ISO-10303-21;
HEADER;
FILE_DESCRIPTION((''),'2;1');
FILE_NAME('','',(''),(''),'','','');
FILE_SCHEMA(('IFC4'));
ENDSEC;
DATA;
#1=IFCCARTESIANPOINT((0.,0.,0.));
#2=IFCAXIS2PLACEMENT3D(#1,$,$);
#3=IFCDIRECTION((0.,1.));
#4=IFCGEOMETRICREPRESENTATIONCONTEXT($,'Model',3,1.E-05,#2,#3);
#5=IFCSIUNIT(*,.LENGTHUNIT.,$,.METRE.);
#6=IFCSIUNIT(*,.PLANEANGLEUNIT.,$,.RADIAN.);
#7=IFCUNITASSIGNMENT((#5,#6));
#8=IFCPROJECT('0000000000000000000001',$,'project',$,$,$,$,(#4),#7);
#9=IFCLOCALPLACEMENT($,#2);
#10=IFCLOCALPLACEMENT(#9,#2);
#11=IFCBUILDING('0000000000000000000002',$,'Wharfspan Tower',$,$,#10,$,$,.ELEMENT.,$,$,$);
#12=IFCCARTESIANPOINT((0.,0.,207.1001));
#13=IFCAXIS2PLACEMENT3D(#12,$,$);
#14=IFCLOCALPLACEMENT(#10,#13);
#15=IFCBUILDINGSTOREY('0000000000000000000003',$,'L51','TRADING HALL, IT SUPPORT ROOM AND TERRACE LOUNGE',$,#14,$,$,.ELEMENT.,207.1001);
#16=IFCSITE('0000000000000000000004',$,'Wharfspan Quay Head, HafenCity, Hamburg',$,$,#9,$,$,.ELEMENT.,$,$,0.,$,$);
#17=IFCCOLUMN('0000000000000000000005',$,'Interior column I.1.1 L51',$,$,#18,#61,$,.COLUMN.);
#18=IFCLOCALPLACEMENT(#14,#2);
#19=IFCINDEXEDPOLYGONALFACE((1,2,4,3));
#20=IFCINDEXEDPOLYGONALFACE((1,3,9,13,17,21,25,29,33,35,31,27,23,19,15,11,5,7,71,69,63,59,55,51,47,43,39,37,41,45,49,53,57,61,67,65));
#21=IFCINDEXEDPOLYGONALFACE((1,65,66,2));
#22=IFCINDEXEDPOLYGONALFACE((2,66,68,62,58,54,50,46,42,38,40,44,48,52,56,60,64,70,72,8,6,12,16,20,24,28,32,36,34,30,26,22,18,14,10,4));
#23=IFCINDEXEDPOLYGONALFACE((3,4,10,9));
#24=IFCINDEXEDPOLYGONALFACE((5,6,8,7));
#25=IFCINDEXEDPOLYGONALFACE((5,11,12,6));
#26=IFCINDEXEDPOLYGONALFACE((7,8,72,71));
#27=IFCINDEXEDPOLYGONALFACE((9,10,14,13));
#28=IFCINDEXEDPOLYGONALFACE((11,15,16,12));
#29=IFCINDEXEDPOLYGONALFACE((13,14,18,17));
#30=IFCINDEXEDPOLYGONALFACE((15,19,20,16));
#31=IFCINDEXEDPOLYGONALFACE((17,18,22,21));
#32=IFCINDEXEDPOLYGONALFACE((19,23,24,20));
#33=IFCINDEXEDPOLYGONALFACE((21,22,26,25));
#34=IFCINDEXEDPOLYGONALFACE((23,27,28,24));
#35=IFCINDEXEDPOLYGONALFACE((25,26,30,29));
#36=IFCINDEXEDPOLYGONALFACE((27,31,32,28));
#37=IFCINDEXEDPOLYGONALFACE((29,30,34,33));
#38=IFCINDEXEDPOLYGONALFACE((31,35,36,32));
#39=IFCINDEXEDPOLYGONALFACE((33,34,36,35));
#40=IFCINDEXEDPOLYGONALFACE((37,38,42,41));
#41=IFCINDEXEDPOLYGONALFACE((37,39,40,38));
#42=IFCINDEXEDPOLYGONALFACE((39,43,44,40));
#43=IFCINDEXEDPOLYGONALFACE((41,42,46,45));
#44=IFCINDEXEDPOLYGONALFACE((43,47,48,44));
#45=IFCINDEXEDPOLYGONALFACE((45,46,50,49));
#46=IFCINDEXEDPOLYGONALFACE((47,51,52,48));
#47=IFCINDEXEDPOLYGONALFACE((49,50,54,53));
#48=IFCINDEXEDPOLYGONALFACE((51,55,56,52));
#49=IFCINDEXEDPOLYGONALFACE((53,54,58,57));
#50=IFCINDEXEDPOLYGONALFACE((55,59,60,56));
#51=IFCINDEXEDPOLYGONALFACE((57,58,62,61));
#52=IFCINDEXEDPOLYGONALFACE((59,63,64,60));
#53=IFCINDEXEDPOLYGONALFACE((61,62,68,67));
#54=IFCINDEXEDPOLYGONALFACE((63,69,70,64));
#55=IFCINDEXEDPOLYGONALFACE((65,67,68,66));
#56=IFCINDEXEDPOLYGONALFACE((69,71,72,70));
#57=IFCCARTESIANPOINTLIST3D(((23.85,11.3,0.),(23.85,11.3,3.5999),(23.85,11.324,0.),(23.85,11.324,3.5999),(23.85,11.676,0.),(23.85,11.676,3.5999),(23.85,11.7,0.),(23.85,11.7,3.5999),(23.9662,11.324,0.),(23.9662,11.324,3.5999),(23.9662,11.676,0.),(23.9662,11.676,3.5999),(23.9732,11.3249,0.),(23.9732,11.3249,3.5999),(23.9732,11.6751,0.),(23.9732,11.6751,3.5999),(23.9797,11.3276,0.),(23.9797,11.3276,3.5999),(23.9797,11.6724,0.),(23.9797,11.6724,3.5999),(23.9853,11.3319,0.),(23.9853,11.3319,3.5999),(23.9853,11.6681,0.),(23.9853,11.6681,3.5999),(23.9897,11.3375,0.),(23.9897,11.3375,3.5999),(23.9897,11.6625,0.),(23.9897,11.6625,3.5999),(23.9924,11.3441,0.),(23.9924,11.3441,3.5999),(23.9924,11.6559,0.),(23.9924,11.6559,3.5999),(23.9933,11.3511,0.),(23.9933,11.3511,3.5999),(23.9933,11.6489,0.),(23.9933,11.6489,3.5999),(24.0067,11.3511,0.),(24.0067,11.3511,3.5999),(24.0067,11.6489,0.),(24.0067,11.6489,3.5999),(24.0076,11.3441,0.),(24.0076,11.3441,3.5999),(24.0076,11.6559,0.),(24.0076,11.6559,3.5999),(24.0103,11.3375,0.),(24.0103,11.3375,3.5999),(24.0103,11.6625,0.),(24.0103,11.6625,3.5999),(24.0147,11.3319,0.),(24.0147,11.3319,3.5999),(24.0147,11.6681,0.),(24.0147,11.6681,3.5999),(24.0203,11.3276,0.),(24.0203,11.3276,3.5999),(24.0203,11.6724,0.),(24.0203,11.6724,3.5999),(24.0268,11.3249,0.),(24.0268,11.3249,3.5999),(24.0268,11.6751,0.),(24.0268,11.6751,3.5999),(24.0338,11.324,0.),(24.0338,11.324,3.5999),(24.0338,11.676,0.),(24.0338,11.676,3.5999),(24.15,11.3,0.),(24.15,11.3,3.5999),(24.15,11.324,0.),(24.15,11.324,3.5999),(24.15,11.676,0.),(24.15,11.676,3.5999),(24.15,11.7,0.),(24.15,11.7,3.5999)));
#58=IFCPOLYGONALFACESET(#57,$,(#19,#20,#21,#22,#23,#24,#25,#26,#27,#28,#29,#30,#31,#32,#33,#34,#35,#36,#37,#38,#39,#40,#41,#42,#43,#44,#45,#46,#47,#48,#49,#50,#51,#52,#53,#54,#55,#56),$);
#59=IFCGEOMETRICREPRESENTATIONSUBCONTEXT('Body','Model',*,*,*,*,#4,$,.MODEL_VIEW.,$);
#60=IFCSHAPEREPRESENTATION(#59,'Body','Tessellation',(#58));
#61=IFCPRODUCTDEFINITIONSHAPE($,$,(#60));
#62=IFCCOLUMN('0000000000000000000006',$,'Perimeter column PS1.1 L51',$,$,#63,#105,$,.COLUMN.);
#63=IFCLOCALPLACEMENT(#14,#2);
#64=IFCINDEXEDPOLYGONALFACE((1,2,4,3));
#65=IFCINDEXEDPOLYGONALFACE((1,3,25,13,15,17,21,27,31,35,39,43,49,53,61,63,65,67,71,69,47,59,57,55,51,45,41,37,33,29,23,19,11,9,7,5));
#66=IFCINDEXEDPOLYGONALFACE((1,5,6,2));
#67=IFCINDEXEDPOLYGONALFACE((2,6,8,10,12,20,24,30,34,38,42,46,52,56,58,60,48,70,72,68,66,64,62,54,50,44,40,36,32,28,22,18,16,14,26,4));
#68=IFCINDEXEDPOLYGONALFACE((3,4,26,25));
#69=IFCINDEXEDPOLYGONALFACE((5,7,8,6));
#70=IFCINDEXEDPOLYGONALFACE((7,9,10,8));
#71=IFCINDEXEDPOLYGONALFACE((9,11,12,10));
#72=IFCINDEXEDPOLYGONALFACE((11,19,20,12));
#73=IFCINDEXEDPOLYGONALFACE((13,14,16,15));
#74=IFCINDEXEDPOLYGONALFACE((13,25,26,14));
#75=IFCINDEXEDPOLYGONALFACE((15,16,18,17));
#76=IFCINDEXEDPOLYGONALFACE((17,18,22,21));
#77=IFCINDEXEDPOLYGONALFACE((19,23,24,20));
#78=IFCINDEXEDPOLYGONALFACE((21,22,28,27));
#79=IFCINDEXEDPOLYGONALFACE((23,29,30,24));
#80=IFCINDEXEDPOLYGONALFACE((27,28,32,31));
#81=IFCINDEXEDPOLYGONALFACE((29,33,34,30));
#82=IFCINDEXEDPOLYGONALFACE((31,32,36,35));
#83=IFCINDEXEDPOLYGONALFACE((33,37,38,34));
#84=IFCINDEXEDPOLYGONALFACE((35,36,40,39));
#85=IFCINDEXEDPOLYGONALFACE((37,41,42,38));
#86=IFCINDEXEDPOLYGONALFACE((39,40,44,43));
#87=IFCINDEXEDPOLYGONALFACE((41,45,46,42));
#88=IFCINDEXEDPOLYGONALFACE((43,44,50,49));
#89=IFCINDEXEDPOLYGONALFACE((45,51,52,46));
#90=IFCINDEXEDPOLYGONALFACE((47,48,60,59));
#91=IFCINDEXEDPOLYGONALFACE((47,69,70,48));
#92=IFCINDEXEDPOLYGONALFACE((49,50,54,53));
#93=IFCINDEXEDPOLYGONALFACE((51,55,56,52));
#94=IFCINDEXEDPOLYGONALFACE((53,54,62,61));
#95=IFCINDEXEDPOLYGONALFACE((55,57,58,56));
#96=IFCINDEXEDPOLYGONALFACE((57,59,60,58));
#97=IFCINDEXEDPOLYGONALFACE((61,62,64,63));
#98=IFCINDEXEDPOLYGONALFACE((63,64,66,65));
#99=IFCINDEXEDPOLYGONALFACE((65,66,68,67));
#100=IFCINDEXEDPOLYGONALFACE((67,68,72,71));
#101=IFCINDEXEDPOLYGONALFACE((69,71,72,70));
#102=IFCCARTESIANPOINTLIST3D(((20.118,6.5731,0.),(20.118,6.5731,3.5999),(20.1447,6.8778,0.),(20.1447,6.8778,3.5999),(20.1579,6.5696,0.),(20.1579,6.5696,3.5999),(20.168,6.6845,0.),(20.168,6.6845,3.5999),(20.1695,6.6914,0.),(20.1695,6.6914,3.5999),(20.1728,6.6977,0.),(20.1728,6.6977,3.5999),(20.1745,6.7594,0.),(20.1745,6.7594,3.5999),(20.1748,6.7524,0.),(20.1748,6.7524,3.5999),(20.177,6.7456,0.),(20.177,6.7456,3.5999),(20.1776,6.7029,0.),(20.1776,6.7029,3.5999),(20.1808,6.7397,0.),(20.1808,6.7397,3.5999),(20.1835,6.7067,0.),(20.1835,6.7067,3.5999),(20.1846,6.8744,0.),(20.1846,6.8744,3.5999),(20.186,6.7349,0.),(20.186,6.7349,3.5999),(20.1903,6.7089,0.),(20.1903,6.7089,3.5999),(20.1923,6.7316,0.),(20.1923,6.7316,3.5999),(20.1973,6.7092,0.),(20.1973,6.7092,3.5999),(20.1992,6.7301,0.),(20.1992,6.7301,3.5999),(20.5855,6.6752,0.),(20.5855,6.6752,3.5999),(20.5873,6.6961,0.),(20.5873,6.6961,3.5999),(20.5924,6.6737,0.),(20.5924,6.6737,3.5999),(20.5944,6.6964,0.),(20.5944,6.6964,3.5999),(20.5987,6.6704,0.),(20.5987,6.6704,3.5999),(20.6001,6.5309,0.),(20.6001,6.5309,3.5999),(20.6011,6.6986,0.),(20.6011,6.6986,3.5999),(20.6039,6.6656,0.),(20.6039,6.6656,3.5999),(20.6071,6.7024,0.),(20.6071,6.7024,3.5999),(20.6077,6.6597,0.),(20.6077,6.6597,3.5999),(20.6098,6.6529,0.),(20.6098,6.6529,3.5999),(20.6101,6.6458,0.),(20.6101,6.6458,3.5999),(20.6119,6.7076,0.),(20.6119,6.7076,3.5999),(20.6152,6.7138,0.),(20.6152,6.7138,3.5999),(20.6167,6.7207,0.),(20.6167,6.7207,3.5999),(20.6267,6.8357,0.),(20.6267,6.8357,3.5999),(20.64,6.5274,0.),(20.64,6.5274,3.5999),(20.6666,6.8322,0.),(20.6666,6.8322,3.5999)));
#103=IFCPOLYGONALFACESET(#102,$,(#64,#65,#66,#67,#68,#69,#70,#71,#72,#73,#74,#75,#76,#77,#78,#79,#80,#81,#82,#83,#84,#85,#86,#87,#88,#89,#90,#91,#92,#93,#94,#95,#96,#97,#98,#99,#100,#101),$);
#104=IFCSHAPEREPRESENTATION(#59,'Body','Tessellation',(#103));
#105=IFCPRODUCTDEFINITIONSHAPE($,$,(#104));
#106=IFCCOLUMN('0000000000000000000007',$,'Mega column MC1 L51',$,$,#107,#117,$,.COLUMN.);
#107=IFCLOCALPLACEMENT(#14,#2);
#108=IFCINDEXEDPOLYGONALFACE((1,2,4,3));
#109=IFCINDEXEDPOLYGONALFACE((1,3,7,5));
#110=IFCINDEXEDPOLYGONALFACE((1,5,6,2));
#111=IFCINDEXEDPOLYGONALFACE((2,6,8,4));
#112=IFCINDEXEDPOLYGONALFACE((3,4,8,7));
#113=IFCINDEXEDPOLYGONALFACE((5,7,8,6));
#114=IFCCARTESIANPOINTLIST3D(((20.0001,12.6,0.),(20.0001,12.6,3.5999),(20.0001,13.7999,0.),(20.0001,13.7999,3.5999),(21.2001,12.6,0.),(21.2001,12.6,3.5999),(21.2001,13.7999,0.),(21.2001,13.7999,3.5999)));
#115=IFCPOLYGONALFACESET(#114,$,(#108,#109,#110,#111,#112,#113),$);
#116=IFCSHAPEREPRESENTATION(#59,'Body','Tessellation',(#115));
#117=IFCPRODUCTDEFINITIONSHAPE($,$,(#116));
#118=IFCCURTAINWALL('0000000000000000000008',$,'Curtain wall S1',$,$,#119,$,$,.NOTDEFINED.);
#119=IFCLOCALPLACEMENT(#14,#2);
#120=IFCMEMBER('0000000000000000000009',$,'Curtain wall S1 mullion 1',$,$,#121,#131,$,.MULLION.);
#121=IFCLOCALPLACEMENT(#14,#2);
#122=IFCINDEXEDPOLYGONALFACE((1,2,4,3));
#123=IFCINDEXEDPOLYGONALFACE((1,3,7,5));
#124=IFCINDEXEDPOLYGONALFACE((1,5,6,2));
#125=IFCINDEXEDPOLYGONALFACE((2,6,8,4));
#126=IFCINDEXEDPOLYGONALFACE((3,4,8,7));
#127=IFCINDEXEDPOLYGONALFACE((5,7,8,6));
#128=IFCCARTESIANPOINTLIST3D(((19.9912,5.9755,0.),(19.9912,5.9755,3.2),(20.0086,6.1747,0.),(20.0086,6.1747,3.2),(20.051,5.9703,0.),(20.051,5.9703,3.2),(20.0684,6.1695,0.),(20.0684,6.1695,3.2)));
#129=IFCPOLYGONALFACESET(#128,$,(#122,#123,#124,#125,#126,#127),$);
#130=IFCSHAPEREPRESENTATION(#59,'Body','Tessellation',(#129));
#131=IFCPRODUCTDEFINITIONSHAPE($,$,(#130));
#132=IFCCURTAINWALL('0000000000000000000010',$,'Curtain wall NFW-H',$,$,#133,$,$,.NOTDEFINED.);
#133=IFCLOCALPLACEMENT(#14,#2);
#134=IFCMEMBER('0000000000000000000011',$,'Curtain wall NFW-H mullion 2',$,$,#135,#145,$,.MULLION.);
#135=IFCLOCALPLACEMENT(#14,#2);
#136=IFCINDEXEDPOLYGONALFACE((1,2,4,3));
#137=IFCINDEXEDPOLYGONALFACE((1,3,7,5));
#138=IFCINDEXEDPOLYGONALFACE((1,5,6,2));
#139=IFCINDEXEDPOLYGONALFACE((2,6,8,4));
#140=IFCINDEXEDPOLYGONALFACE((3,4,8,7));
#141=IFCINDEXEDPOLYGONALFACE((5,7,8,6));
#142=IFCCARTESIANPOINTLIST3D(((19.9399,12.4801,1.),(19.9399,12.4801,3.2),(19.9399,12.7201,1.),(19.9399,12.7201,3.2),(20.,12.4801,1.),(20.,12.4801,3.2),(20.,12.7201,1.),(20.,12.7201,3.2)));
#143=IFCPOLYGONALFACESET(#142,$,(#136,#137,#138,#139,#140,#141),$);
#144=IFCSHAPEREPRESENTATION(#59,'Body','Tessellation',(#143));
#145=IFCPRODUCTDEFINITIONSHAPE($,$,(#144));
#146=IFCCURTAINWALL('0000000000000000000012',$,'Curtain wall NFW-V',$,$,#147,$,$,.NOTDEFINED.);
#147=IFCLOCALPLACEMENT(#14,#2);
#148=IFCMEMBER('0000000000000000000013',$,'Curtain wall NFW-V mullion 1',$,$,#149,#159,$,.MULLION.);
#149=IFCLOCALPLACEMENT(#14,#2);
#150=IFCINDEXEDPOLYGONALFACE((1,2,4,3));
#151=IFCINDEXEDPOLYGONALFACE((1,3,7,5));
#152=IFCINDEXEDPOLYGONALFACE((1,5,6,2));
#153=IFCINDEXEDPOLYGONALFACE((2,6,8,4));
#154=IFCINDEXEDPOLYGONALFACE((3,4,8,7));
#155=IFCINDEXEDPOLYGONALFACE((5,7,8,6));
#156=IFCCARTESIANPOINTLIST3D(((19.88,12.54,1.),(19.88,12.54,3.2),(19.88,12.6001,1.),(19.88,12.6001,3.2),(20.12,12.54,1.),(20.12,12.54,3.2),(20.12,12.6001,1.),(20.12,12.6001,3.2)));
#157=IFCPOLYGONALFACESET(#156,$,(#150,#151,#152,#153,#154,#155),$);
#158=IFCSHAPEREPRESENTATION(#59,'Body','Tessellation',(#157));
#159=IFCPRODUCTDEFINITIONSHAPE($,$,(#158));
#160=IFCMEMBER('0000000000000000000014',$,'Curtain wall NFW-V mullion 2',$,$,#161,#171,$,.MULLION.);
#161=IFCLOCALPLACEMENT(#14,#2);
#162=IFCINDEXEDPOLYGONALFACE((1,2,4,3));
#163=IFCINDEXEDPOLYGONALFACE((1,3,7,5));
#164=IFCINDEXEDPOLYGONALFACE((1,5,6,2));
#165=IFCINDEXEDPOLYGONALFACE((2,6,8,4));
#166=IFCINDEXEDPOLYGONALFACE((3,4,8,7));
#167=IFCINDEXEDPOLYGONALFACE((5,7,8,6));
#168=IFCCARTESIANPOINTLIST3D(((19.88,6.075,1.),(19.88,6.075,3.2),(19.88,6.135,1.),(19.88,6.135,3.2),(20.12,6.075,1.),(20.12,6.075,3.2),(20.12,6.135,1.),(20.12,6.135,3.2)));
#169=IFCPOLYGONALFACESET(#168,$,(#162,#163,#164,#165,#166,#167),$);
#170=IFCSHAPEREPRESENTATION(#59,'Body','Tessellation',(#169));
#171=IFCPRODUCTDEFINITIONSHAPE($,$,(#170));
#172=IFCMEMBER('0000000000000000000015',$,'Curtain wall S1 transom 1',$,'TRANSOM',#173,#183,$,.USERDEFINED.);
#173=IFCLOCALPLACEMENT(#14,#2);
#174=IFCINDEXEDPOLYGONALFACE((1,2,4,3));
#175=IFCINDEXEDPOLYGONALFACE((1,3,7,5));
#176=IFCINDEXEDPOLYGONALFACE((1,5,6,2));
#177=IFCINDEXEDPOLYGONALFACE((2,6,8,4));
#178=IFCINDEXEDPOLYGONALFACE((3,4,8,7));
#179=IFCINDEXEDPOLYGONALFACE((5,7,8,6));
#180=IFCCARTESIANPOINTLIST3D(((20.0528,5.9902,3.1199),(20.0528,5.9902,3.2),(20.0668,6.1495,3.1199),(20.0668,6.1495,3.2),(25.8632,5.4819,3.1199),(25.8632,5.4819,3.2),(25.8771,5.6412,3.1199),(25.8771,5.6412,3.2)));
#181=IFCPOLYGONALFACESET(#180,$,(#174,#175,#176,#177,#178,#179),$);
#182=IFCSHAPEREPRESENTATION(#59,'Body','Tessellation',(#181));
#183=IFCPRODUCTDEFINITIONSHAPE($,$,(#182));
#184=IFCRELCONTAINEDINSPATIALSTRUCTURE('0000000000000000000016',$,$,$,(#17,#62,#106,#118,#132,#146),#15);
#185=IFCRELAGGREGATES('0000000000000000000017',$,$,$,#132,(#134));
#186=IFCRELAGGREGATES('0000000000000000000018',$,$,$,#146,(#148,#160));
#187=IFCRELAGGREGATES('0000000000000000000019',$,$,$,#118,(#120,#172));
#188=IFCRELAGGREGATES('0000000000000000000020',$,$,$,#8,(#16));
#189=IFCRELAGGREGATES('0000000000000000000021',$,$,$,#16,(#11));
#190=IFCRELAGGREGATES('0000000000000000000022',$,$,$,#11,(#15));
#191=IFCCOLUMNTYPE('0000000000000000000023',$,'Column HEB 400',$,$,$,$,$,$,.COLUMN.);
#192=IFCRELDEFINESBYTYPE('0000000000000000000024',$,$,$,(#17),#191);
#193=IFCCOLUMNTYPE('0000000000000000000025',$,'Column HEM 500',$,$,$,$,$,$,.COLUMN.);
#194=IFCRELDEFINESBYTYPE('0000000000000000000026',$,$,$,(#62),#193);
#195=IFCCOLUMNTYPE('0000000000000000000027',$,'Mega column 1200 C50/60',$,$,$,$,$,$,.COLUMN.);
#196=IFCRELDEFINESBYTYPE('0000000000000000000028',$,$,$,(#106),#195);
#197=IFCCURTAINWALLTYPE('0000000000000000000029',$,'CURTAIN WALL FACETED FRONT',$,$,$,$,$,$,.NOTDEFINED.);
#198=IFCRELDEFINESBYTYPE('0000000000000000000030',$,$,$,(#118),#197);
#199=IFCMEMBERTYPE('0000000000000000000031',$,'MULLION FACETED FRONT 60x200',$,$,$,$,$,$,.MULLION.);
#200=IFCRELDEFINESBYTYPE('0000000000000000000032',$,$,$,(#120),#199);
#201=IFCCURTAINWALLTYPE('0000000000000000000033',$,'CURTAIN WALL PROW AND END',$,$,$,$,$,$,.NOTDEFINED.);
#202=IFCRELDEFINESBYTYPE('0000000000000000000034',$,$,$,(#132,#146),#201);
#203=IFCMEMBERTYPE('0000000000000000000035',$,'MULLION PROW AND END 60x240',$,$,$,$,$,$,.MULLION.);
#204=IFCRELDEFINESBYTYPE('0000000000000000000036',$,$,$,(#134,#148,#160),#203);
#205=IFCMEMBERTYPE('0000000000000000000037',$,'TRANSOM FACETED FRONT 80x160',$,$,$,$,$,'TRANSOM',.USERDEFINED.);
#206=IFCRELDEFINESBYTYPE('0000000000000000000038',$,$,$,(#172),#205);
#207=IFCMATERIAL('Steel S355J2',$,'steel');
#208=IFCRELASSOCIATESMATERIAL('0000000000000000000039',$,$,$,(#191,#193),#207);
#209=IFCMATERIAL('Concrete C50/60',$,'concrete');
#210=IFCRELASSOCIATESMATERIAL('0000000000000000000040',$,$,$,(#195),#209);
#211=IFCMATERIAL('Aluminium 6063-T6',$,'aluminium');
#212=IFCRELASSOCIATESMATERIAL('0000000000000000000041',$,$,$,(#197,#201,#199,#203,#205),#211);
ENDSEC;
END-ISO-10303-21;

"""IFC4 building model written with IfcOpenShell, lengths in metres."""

from ifc_helpers import new_model, si_unit, direction, frame, origin, origin_2d, place, context, subcontext, project, spatial, rectangle, i_section, extrude, material, material_profile, profile_set, type_object, element, aggregate, save


model = new_model("IFC4")

# Units and contexts
model_context = context("Model", 3, precision=1e-05, world=origin(), true_north=direction((0.0, 1.0)))
body_context = subcontext(model_context, "Body", "Model", "MODEL_VIEW")
ifc_project = project(units=[si_unit("LENGTHUNIT", "METRE"), si_unit("PLANEANGLEUNIT", "RADIAN")], contexts=[model_context])

# Site, building, storey
site_placement = place(None, origin())
site = spatial("IfcSite", under=ifc_project, at=site_placement, Name="Wharfspan Quay Head, HafenCity, Hamburg", CompositionType="ELEMENT", RefElevation=0.0)
building_placement = place(site_placement, origin())
building = spatial("IfcBuilding", under=site, at=building_placement, Name="Wharfspan Tower", CompositionType="ELEMENT")
storey_placement = place(building_placement, frame((0.0, 0.0, 207.1001)))
storey = spatial("IfcBuildingStorey", under=building, at=storey_placement, Name="L51", Description="TRADING HALL, IT SUPPORT ROOM AND TERRACE LOUNGE", CompositionType="ELEMENT", Elevation=207.1001)

# Columns
ifc_material_1 = material(Name="Steel S355J2", Category="steel")
ifc_material_profile_1 = material_profile(ifc_material_1, i_section(OverallWidth=0.3, OverallDepth=0.3999, WebThickness=0.0134, FlangeThickness=0.0239, FilletRadius=0.0271, at=origin_2d()))
ifc_profile_set_1 = profile_set([ifc_material_profile_1], Name="Steel S355J2")
column_type_1 = type_object("IfcColumnType", Name="Column HEB 400", PredefinedType="COLUMN", material=ifc_profile_set_1)
column_1_placement = place(storey_placement, frame((24.0, 11.5, 0.0), z_axis=(0.0, 0.0, 1.0), x_axis=(1.0, 0.0, 0.0)))
element("IfcColumn", 1, at=column_1_placement, inside=storey, type_object=column_type_1, Name="Interior column I.1.1 L51", PredefinedType="COLUMN", context=body_context, shape_type="SweptSolid", body=[
    extrude(i_section(OverallWidth=0.3, OverallDepth=0.3999, WebThickness=0.0134, FlangeThickness=0.0239, FilletRadius=0.0271, at=origin_2d()), origin(), (0.0, 0.0, 1.0), 3.5999),
])
ifc_material_profile_2 = material_profile(ifc_material_1, i_section(OverallWidth=0.3059, OverallDepth=0.5239, WebThickness=0.021, FlangeThickness=0.04, FilletRadius=0.0271, at=origin_2d()))
ifc_profile_set_2 = profile_set([ifc_material_profile_2], Name="Steel S355J2")
column_type_2 = type_object("IfcColumnType", Name="Column HEM 500", PredefinedType="COLUMN", material=ifc_profile_set_2)
column_2_placement = place(storey_placement, frame((20.3923, 6.7026, 0.0), z_axis=(0.0, 0.0, 1.0), x_axis=(-0.087156, -0.996197, 0.0)))
element("IfcColumn", 2, at=column_2_placement, inside=storey, type_object=column_type_2, Name="Perimeter column PS1.1 L51", PredefinedType="COLUMN", context=body_context, shape_type="SweptSolid", body=[
    extrude(i_section(OverallWidth=0.3059, OverallDepth=0.5239, WebThickness=0.021, FlangeThickness=0.04, FilletRadius=0.0271, at=origin_2d()), origin(), (0.0, 0.0, 1.0), 3.5999),
])
ifc_material_2 = material(Name="Concrete C50/60", Category="concrete")
ifc_material_profile_3 = material_profile(ifc_material_2, rectangle(XDim=1.2, YDim=1.2, at=origin_2d()))
ifc_profile_set_3 = profile_set([ifc_material_profile_3], Name="Concrete C50/60")
column_type_3 = type_object("IfcColumnType", Name="Mega column 1200 C50/60", PredefinedType="COLUMN", material=ifc_profile_set_3)
column_3_placement = place(storey_placement, frame((20.6001, 13.2, 0.0), z_axis=(0.0, 0.0, 1.0), x_axis=(1.0, 0.0, 0.0)))
element("IfcColumn", 3, at=column_3_placement, inside=storey, type_object=column_type_3, Name="Mega column MC1 L51", PredefinedType="COLUMN", context=body_context, shape_type="SweptSolid", body=[
    extrude(rectangle(XDim=1.2, YDim=1.2, at=origin_2d()), origin(), (0.0, 0.0, 1.0), 3.5999),
])

# Curtain walls, members
ifc_material_3 = material(Name="Aluminium 6063-T6", Category="aluminium")
curtain_wall_type_1 = type_object("IfcCurtainWallType", Name="CURTAIN WALL FACETED FRONT", PredefinedType="NOTDEFINED", material=ifc_material_3)
curtain_wall_1_placement = place(storey_placement, origin())
curtain_wall_1 = element("IfcCurtainWall", 4, at=curtain_wall_1_placement, inside=storey, type_object=curtain_wall_type_1, Name="Curtain wall S1", PredefinedType="NOTDEFINED")
ifc_material_profile_4 = material_profile(ifc_material_3, rectangle(XDim=0.2, YDim=0.0601, at=origin_2d()))
ifc_profile_set_4 = profile_set([ifc_material_profile_4], Name="Aluminium 6063-T6")
member_type_1 = type_object("IfcMemberType", Name="MULLION FACETED FRONT 60x200", PredefinedType="MULLION", material=ifc_profile_set_4)
member_1_placement = place(storey_placement, frame((20.0298, 6.0725, 0.0), z_axis=(0.0, 0.0, 1.0), x_axis=(0.087156, 0.996197, 0.0)))
member_1 = element("IfcMember", 5, at=member_1_placement, type_object=member_type_1, Name="Curtain wall S1 mullion 1", PredefinedType="MULLION", context=body_context, shape_type="SweptSolid", body=[
    extrude(rectangle(XDim=0.2, YDim=0.0601, at=origin_2d()), origin(), (0.0, 0.0, 1.0), 3.2),
])
curtain_wall_type_2 = type_object("IfcCurtainWallType", Name="CURTAIN WALL PROW AND END", PredefinedType="NOTDEFINED", material=ifc_material_3)
curtain_wall_2_placement = place(storey_placement, origin())
curtain_wall_2 = element("IfcCurtainWall", 6, at=curtain_wall_2_placement, inside=storey, type_object=curtain_wall_type_2, Name="Curtain wall NFW-H", PredefinedType="NOTDEFINED")
ifc_material_profile_5 = material_profile(ifc_material_3, rectangle(XDim=0.24, YDim=0.0601, at=origin_2d()))
ifc_profile_set_5 = profile_set([ifc_material_profile_5], Name="Aluminium 6063-T6")
member_type_2 = type_object("IfcMemberType", Name="MULLION PROW AND END 60x240", PredefinedType="MULLION", material=ifc_profile_set_5)
member_2_placement = place(storey_placement, frame((19.97, 12.6001, 1.0), z_axis=(0.0, 0.0, 1.0), x_axis=(0.0, 1.0, 0.0)))
member_2 = element("IfcMember", 7, at=member_2_placement, type_object=member_type_2, Name="Curtain wall NFW-H mullion 2", PredefinedType="MULLION", context=body_context, shape_type="SweptSolid", body=[
    extrude(rectangle(XDim=0.24, YDim=0.0601, at=origin_2d()), origin(), (0.0, 0.0, 1.0), 2.2),
])

# Curtain wall, members
curtain_wall_3_placement = place(storey_placement, origin())
curtain_wall_3 = element("IfcCurtainWall", 8, at=curtain_wall_3_placement, inside=storey, type_object=curtain_wall_type_2, Name="Curtain wall NFW-V", PredefinedType="NOTDEFINED")
member_3_placement = place(storey_placement, frame((20.0, 12.5701, 1.0), z_axis=(0.0, 0.0, 1.0), x_axis=(1.0, 0.0, 0.0)))
member_3 = element("IfcMember", 9, at=member_3_placement, type_object=member_type_2, Name="Curtain wall NFW-V mullion 1", PredefinedType="MULLION", context=body_context, shape_type="SweptSolid", body=[
    extrude(rectangle(XDim=0.24, YDim=0.0601, at=origin_2d()), origin(), (0.0, 0.0, 1.0), 2.2),
])
member_4_placement = place(storey_placement, frame((20.0, 6.105, 1.0), z_axis=(0.0, 0.0, 1.0), x_axis=(1.0, 0.0, 0.0)))
member_4 = element("IfcMember", 10, at=member_4_placement, type_object=member_type_2, Name="Curtain wall NFW-V mullion 2", PredefinedType="MULLION", context=body_context, shape_type="SweptSolid", body=[
    extrude(rectangle(XDim=0.24, YDim=0.0601, at=origin_2d()), origin(), (0.0, 0.0, 1.0), 2.2),
])

# Member
ifc_material_profile_6 = material_profile(ifc_material_3, rectangle(XDim=0.1599, YDim=0.0801, at=origin_2d()))
ifc_profile_set_6 = profile_set([ifc_material_profile_6], Name="Aluminium 6063-T6")
member_type_3 = type_object("IfcMemberType", Name="TRANSOM FACETED FRONT 80x160", ElementType="TRANSOM", PredefinedType="USERDEFINED", material=ifc_profile_set_6)
member_5_placement = place(storey_placement, frame((20.0598, 6.0698, 3.1599), z_axis=(0.996195, -0.08715, 0.0), x_axis=(0.08715, 0.996195, 0.0)))
member_5 = element("IfcMember", 11, at=member_5_placement, type_object=member_type_3, Name="Curtain wall S1 transom 1", ObjectType="TRANSOM", PredefinedType="USERDEFINED", context=body_context, shape_type="SweptSolid", body=[
    extrude(rectangle(XDim=0.1599, YDim=0.0801, at=origin_2d()), origin(), (0.0, 0.0, 1.0), 5.8325),
])

aggregate(curtain_wall_2, [member_2])
aggregate(curtain_wall_3, [member_3, member_4])
aggregate(curtain_wall_1, [member_1, member_5])

save(model, "model.ifc")
